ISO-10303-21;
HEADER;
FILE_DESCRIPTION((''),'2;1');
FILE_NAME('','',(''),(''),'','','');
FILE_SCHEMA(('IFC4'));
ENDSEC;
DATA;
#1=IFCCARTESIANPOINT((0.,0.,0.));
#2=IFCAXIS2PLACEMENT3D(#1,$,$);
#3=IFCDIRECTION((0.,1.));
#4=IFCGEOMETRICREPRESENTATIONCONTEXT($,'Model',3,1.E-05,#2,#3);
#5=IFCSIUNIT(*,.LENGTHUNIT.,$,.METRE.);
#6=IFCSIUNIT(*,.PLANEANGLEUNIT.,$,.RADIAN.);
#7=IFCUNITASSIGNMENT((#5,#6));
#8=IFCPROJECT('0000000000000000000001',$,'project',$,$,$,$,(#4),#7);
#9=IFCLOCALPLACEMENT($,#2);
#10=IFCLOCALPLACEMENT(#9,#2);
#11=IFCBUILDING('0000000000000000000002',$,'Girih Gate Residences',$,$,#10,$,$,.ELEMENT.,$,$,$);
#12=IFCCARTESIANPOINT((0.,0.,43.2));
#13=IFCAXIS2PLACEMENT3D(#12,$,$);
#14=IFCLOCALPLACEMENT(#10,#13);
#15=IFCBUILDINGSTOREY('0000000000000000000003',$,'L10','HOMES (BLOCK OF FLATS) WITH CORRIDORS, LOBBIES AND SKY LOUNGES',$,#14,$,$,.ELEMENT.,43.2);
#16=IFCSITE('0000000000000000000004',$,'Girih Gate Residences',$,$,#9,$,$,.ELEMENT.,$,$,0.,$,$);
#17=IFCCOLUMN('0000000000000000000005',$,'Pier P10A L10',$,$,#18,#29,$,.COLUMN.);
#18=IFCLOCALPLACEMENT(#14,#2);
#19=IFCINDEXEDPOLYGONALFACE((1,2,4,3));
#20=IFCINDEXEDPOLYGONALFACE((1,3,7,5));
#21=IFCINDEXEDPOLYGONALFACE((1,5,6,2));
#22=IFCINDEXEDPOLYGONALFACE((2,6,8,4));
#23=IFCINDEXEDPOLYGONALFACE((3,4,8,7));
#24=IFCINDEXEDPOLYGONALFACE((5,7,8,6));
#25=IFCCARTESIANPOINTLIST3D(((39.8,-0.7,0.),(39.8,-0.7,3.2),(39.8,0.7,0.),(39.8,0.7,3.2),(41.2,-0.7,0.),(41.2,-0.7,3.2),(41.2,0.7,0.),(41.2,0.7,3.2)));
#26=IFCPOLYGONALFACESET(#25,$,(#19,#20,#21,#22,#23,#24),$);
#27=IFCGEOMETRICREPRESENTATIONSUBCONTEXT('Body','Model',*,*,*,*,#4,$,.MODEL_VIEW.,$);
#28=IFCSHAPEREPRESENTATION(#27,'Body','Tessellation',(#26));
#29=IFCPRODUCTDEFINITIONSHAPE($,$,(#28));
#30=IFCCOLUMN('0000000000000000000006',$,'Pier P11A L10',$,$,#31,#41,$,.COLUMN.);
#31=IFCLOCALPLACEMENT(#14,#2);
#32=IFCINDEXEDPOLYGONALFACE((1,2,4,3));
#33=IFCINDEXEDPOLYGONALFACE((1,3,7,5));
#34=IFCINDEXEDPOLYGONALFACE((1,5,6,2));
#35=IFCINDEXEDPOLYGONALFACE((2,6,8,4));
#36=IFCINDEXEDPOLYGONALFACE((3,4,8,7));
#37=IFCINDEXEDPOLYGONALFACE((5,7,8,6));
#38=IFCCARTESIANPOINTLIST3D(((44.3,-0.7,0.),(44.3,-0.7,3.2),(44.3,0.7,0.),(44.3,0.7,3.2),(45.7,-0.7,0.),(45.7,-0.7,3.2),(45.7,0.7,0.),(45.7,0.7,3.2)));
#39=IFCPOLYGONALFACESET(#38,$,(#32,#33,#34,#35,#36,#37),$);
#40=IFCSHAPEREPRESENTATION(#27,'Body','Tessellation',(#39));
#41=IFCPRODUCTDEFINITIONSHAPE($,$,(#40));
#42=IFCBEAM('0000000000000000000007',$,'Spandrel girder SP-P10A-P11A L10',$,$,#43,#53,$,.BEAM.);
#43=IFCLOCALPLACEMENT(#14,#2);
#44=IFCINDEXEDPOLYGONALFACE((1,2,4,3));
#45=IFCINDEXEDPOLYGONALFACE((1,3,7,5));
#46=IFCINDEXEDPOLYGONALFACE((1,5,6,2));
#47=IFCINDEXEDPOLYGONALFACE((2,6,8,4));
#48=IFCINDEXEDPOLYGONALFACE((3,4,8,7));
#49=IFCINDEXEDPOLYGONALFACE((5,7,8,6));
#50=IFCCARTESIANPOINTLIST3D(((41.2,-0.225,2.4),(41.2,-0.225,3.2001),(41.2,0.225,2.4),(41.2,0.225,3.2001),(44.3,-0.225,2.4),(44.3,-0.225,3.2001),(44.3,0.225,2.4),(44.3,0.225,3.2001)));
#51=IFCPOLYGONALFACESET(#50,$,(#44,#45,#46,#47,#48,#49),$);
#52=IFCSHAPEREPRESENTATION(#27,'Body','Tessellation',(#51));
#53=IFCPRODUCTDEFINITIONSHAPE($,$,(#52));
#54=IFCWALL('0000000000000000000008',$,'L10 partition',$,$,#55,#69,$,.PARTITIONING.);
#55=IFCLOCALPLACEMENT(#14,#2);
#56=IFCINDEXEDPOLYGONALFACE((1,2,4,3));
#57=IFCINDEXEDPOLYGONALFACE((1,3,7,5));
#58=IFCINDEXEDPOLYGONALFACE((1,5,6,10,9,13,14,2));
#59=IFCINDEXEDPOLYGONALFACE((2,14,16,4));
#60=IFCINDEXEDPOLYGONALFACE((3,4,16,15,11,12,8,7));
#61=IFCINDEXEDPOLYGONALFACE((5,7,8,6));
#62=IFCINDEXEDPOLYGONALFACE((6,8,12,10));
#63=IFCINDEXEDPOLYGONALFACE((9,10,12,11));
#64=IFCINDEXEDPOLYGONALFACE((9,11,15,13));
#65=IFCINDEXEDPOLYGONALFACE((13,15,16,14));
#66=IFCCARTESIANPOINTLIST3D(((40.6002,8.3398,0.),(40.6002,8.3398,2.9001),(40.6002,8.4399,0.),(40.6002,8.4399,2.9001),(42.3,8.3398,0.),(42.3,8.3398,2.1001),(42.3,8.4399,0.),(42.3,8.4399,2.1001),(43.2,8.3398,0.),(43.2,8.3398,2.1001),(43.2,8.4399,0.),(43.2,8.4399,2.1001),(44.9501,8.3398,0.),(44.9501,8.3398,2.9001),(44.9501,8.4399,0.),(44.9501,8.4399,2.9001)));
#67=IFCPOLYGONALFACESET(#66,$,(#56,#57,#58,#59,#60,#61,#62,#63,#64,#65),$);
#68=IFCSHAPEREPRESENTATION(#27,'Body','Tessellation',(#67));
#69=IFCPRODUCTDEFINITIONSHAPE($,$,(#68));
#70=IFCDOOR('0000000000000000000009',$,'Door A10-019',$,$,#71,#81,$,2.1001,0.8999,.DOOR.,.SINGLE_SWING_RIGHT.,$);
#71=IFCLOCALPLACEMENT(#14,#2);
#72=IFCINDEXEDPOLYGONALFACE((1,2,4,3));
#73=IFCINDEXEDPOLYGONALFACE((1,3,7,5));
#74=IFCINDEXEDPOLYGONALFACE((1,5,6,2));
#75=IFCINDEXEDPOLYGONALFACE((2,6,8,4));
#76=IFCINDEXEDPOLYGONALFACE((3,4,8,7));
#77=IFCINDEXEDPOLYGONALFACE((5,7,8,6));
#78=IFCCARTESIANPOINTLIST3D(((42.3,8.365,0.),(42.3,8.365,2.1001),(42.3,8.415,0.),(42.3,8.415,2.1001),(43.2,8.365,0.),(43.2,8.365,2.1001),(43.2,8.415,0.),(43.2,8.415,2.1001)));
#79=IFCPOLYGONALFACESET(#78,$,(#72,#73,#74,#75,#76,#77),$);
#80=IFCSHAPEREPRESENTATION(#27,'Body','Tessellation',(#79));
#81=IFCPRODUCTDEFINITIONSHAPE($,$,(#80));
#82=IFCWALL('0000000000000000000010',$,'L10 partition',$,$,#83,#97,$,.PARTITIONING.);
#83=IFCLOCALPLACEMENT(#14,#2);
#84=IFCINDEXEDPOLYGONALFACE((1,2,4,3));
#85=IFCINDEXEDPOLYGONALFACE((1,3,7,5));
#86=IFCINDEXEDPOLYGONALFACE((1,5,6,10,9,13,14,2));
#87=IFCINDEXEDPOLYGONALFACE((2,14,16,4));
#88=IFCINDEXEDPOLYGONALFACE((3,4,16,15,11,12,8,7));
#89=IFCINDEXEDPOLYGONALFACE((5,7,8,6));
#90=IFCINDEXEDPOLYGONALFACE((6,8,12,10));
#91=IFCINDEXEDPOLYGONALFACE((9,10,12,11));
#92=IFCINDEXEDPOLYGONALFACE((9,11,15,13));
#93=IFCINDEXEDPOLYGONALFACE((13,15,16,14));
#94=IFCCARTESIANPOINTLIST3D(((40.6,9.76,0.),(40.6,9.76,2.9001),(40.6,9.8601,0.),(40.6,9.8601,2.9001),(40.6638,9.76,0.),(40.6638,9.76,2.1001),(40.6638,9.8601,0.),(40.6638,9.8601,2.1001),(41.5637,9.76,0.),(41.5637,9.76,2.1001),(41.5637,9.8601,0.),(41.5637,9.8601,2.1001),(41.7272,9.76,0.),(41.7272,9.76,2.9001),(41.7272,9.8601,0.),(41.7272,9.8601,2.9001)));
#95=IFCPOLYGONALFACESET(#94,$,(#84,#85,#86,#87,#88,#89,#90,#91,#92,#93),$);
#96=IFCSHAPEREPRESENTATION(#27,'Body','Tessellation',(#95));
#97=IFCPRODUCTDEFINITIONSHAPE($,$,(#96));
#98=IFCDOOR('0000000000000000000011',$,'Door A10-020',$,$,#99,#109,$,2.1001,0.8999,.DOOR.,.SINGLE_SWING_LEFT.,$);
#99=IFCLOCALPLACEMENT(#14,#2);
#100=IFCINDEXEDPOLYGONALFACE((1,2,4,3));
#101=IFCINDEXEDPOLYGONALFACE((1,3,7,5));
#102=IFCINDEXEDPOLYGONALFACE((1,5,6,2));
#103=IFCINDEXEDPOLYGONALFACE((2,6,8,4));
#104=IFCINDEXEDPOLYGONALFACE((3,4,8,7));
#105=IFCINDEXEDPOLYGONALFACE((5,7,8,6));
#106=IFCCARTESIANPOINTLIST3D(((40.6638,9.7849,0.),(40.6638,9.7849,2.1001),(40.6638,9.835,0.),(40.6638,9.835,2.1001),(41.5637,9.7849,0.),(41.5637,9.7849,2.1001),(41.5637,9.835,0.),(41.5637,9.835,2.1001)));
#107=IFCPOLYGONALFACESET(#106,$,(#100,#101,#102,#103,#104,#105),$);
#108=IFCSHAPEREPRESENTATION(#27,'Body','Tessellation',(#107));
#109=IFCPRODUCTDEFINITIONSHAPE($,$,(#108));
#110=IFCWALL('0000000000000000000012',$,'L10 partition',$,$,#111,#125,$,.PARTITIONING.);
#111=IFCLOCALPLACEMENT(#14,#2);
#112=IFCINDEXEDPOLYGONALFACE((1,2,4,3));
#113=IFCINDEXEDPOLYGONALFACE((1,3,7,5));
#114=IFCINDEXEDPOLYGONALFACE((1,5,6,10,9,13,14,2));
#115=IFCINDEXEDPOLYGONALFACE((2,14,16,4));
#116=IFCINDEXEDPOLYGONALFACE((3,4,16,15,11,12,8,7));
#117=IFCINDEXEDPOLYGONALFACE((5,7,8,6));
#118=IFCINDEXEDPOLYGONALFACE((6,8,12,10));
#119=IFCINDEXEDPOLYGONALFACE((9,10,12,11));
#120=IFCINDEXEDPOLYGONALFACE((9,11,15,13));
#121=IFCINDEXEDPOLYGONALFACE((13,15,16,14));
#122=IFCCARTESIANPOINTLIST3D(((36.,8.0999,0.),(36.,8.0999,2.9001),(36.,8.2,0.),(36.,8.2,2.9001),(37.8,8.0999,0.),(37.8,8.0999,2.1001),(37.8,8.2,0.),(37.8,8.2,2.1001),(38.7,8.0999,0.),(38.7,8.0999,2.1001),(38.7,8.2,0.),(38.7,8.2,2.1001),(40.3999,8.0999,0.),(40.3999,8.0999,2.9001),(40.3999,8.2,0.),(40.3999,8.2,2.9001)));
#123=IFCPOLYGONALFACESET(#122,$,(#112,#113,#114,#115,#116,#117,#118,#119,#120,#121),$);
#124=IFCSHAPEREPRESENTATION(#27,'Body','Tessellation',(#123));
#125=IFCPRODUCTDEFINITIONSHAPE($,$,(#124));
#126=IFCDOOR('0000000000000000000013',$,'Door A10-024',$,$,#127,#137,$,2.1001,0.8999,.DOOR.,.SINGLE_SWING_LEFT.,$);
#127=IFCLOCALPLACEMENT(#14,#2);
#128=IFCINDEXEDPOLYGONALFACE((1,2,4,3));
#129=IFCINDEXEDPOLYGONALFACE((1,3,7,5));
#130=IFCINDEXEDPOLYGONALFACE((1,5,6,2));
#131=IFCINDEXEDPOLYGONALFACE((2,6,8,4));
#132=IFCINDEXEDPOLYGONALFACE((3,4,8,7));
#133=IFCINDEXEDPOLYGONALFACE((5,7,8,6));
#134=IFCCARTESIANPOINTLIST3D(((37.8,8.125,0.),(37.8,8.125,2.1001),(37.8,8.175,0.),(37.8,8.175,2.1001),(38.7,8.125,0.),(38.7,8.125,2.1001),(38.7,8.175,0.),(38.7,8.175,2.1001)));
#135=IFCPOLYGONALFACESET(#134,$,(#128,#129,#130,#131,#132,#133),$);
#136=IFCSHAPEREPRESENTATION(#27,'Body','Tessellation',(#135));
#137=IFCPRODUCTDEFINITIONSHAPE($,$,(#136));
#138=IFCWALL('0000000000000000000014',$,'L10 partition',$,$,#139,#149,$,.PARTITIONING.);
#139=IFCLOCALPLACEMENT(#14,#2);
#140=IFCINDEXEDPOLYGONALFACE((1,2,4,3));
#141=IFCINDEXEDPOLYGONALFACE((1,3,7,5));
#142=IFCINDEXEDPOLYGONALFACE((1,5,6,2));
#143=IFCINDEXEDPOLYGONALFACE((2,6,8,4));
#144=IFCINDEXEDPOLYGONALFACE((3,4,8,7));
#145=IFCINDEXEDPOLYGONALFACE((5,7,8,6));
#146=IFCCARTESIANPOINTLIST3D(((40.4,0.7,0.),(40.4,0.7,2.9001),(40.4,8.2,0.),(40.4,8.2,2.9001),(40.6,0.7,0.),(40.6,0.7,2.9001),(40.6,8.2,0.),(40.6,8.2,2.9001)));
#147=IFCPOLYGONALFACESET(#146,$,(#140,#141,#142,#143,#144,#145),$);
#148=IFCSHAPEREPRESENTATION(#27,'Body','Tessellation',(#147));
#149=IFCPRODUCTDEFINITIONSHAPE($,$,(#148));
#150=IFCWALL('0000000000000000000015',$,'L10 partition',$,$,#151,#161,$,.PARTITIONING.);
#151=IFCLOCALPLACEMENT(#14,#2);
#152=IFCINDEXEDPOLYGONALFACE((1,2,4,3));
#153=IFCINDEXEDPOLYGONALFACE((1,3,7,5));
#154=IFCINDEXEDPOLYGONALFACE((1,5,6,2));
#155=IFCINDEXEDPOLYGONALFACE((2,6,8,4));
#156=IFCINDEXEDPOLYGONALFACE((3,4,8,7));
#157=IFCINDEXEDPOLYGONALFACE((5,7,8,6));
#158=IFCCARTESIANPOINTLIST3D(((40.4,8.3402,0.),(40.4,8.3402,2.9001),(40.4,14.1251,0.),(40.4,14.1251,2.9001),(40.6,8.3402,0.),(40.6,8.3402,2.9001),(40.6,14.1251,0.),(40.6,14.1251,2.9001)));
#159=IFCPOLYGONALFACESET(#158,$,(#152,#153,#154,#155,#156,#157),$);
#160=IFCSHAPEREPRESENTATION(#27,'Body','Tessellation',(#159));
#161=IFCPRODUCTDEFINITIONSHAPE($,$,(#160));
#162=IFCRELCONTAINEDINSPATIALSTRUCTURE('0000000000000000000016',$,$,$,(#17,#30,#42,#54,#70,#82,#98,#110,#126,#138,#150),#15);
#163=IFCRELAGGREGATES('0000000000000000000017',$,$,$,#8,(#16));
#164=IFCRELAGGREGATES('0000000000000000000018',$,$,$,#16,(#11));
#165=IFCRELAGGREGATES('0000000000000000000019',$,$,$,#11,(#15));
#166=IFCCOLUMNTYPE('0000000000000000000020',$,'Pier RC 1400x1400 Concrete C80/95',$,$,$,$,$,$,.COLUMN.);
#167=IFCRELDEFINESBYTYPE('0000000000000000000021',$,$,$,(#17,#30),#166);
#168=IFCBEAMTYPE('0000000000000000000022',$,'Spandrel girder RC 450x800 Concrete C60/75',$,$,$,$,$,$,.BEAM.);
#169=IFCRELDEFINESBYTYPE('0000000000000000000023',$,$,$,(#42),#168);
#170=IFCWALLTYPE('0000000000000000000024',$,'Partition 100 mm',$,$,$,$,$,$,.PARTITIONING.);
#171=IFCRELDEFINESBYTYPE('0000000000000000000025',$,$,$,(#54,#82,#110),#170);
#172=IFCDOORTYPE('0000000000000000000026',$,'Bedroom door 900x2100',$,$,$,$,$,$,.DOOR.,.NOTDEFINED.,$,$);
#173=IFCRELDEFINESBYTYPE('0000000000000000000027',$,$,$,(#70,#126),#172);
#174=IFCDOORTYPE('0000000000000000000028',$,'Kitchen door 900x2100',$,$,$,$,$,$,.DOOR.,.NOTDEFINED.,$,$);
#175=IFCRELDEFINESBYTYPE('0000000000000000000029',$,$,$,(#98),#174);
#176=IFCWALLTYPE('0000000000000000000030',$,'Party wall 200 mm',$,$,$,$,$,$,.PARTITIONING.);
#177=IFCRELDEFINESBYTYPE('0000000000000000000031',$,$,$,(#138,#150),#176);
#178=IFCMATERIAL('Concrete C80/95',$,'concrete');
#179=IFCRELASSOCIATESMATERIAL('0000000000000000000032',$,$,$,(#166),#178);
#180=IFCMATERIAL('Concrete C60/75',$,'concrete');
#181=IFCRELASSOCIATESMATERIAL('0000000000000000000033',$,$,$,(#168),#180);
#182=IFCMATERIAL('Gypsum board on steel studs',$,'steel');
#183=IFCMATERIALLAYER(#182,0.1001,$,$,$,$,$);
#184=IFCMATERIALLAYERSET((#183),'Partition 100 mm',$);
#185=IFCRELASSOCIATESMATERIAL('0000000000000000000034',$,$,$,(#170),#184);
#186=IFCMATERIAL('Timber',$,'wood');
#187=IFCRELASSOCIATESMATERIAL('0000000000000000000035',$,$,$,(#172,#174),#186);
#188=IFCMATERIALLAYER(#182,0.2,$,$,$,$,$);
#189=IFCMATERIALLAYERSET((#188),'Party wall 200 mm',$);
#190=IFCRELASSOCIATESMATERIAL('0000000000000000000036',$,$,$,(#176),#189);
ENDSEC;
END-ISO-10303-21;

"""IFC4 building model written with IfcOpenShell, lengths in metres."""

from ifc_helpers import new_model, si_unit, direction, frame, frame_2d, origin, origin_2d, place, context, subcontext, project, spatial, rectangle, extrude, material, layer, layer_set, material_profile, profile_set, type_object, element, fill, save


model = new_model("IFC4")

# Units and contexts
model_context = context("Model", 3, precision=1e-05, world=origin(), true_north=direction((0.0, 1.0)))
body_context = subcontext(model_context, "Body", "Model", "MODEL_VIEW")
ifc_project = project(units=[si_unit("LENGTHUNIT", "METRE"), si_unit("PLANEANGLEUNIT", "RADIAN")], contexts=[model_context])

# Site, building, storey
site_placement = place(None, origin())
site = spatial("IfcSite", under=ifc_project, at=site_placement, Name="Girih Gate Residences", CompositionType="ELEMENT", RefElevation=0.0)
building_placement = place(site_placement, origin())
building = spatial("IfcBuilding", under=site, at=building_placement, Name="Girih Gate Residences", CompositionType="ELEMENT")
storey_placement = place(building_placement, frame((0.0, 0.0, 43.2)))
storey = spatial("IfcBuildingStorey", under=building, at=storey_placement, Name="L10", Description="HOMES (BLOCK OF FLATS) WITH CORRIDORS, LOBBIES AND SKY LOUNGES", CompositionType="ELEMENT", Elevation=43.2)

# Columns
ifc_material_1 = material(Name="Concrete C80/95", Category="concrete")
ifc_material_profile_1 = material_profile(ifc_material_1, rectangle(XDim=1.3999, YDim=1.3999, at=origin_2d()))
ifc_profile_set_1 = profile_set([ifc_material_profile_1], Name="Concrete C80/95")
column_type = type_object("IfcColumnType", Name="Pier RC 1400x1400 Concrete C80/95", PredefinedType="COLUMN", material=ifc_profile_set_1)
for number, where, z_axis, x_axis, name in (
    (1, (40.5, 0.0, 0.0), (0.0, 0.0, 1.0), (1.0, 0.0, 0.0), "Pier P10A L10"),
    (2, (45.0, 0.0, 0.0), (0.0, 0.0, 1.0), (1.0, 0.0, 0.0), "Pier P11A L10"),
):
    element("IfcColumn", number, at=place(storey_placement, frame(where, z_axis=z_axis, x_axis=x_axis)), inside=storey, type_object=column_type, Name=name, PredefinedType="COLUMN", context=body_context, shape_type="SweptSolid", body=[
        extrude(rectangle(XDim=1.3999, YDim=1.3999, at=origin_2d()), origin(), (0.0, 0.0, 1.0), 3.2),
    ])

# Beam
ifc_material_2 = material(Name="Concrete C60/75", Category="concrete")
ifc_material_profile_2 = material_profile(ifc_material_2, rectangle(XDim=0.45, YDim=0.8, at=origin_2d()))
ifc_profile_set_2 = profile_set([ifc_material_profile_2], Name="Concrete C60/75")
beam_type = type_object("IfcBeamType", Name="Spandrel girder RC 450x800 Concrete C60/75", PredefinedType="BEAM", material=ifc_profile_set_2)
beam_placement = place(storey_placement, frame((41.2, 0.0, 2.8), z_axis=(1.0, 0.0, 0.0), x_axis=(0.0, 1.0, 0.0)))
element("IfcBeam", 3, at=beam_placement, inside=storey, type_object=beam_type, Name="Spandrel girder SP-P10A-P11A L10", PredefinedType="BEAM", context=body_context, shape_type="SweptSolid", body=[
    extrude(rectangle(XDim=0.45, YDim=0.8, at=origin_2d()), origin(), (0.0, 0.0, 1.0), 3.1001),
])

# Walls, openings, doors
ifc_material_3 = material(Name="Gypsum board on steel studs", Category="steel")
ifc_layer_1 = layer(ifc_material_3, 0.1001)
ifc_layer_set_1 = layer_set([ifc_layer_1], Name="Partition 100 mm")
wall_type_1 = type_object("IfcWallType", Name="Partition 100 mm", PredefinedType="PARTITIONING", material=ifc_layer_set_1)
wall_1_placement = place(storey_placement, frame((44.95, 8.3899, 0.0), z_axis=(0.0, 0.0, 1.0), x_axis=(-1.0, 0.0, 0.0)))
wall_1 = element("IfcWall", 4, at=wall_1_placement, inside=storey, type_object=wall_type_1, Name="L10 partition", PredefinedType="PARTITIONING", context=body_context, shape_type="SweptSolid", body=[
    extrude(rectangle(XDim=4.3499, YDim=0.1001, at=frame_2d((2.1748, 0.0))), origin(), (0.0, 0.0, 1.0), 2.9001),
])
opening_1_placement = place(wall_1_placement, frame((1.75, 0.0, 0.0)))
opening_1 = element("IfcOpeningElement", 5, at=opening_1_placement, cuts=wall_1, PredefinedType="OPENING", context=body_context, shape_type="SweptSolid", body=[
    extrude(rectangle(XDim=0.8999, YDim=2.1001, at=frame_2d((0.45, 1.05))), frame((0.0, 0.0601, 0.0), z_axis=(0.0, -1.0, 0.0), x_axis=(1.0, 0.0, 0.0)), (0.0, 0.0, 1.0), 0.1201),
])
ifc_material_4 = material(Name="Timber", Category="wood")
door_type_1 = type_object("IfcDoorType", Name="Bedroom door 900x2100", OperationType="NOTDEFINED", PredefinedType="DOOR", material=ifc_material_4)
door_1_placement = place(opening_1_placement, origin())
door_1 = element("IfcDoor", 6, at=door_1_placement, inside=storey, type_object=door_type_1, Name="Door A10-019", OperationType="SINGLE_SWING_RIGHT", OverallHeight=2.1001, OverallWidth=0.8999, PredefinedType="DOOR", context=body_context, shape_type="SweptSolid", body=[
    extrude(rectangle(XDim=0.8999, YDim=2.1001, at=frame_2d((0.45, 1.05))), frame((0.0, 0.0249, 0.0), z_axis=(0.0, -1.0, 0.0), x_axis=(1.0, 0.0, 0.0)), (0.0, 0.0, 1.0), 0.05),
])
fill(opening_1, door_1)
wall_2_placement = place(storey_placement, frame((40.6001, 9.8101, 0.0), z_axis=(0.0, 0.0, 1.0), x_axis=(1.0, 0.0, 0.0)))
wall_2 = element("IfcWall", 7, at=wall_2_placement, inside=storey, type_object=wall_type_1, Name="L10 partition", PredefinedType="PARTITIONING", context=body_context, shape_type="SweptSolid", body=[
    extrude(rectangle(XDim=1.1272, YDim=0.1001, at=frame_2d((0.5635, 0.0))), origin(), (0.0, 0.0, 1.0), 2.9001),
])
opening_2_placement = place(wall_2_placement, frame((0.0637, 0.0, 0.0)))
opening_2 = element("IfcOpeningElement", 8, at=opening_2_placement, cuts=wall_2, PredefinedType="OPENING", context=body_context, shape_type="SweptSolid", body=[
    extrude(rectangle(XDim=0.8999, YDim=2.1001, at=frame_2d((0.45, 1.05))), frame((0.0, 0.0601, 0.0), z_axis=(0.0, -1.0, 0.0), x_axis=(1.0, 0.0, 0.0)), (0.0, 0.0, 1.0), 0.1201),
])
door_type_2 = type_object("IfcDoorType", Name="Kitchen door 900x2100", OperationType="NOTDEFINED", PredefinedType="DOOR", material=ifc_material_4)
door_2_placement = place(opening_2_placement, origin())
door_2 = element("IfcDoor", 9, at=door_2_placement, inside=storey, type_object=door_type_2, Name="Door A10-020", OperationType="SINGLE_SWING_LEFT", OverallHeight=2.1001, OverallWidth=0.8999, PredefinedType="DOOR", context=body_context, shape_type="SweptSolid", body=[
    extrude(rectangle(XDim=0.8999, YDim=2.1001, at=frame_2d((0.45, 1.05))), frame((0.0, 0.0249, 0.0), z_axis=(0.0, -1.0, 0.0), x_axis=(1.0, 0.0, 0.0)), (0.0, 0.0, 1.0), 0.05),
])
fill(opening_2, door_2)
wall_3_placement = place(storey_placement, frame((40.3999, 8.1499, 0.0), z_axis=(0.0, 0.0, 1.0), x_axis=(-1.0, 0.0, 0.0)))
wall_3 = element("IfcWall", 10, at=wall_3_placement, inside=storey, type_object=wall_type_1, Name="L10 partition", PredefinedType="PARTITIONING", context=body_context, shape_type="SweptSolid", body=[
    extrude(rectangle(XDim=4.3999, YDim=0.1001, at=frame_2d((2.2, 0.0))), origin(), (0.0, 0.0, 1.0), 2.9001),
])
opening_3_placement = place(wall_3_placement, frame((1.7, 0.0, 0.0)))
opening_3 = element("IfcOpeningElement", 11, at=opening_3_placement, cuts=wall_3, PredefinedType="OPENING", context=body_context, shape_type="SweptSolid", body=[
    extrude(rectangle(XDim=0.8999, YDim=2.1001, at=frame_2d((0.45, 1.05))), frame((0.0, 0.0601, 0.0), z_axis=(0.0, -1.0, 0.0), x_axis=(1.0, 0.0, 0.0)), (0.0, 0.0, 1.0), 0.1201),
])
door_3_placement = place(opening_3_placement, origin())
door_3 = element("IfcDoor", 12, at=door_3_placement, inside=storey, type_object=door_type_1, Name="Door A10-024", OperationType="SINGLE_SWING_LEFT", OverallHeight=2.1001, OverallWidth=0.8999, PredefinedType="DOOR", context=body_context, shape_type="SweptSolid", body=[
    extrude(rectangle(XDim=0.8999, YDim=2.1001, at=frame_2d((0.45, 1.05))), frame((0.0, 0.0249, 0.0), z_axis=(0.0, -1.0, 0.0), x_axis=(1.0, 0.0, 0.0)), (0.0, 0.0, 1.0), 0.05),
])
fill(opening_3, door_3)

# Walls
ifc_layer_2 = layer(ifc_material_3, 0.2)
ifc_layer_set_2 = layer_set([ifc_layer_2], Name="Party wall 200 mm")
wall_type_2 = type_object("IfcWallType", Name="Party wall 200 mm", PredefinedType="PARTITIONING", material=ifc_layer_set_2)
wall_4_placement = place(storey_placement, frame((40.5, 0.7, 0.0), z_axis=(0.0, 0.0, 1.0), x_axis=(0.0, 1.0, 0.0)))
element("IfcWall", 13, at=wall_4_placement, inside=storey, type_object=wall_type_2, Name="L10 partition", PredefinedType="PARTITIONING", context=body_context, shape_type="SweptSolid", body=[
    extrude(rectangle(XDim=7.5, YDim=0.2, at=frame_2d((3.75, 0.0))), origin(), (0.0, 0.0, 1.0), 2.9001),
])
wall_5_placement = place(storey_placement, frame((40.5, 8.3401, 0.0), z_axis=(0.0, 0.0, 1.0), x_axis=(0.0, 1.0, 0.0)))
element("IfcWall", 14, at=wall_5_placement, inside=storey, type_object=wall_type_2, Name="L10 partition", PredefinedType="PARTITIONING", context=body_context, shape_type="SweptSolid", body=[
    extrude(rectangle(XDim=5.7849, YDim=0.2, at=frame_2d((2.8926, 0.0))), origin(), (0.0, 0.0, 1.0), 2.9001),
])

save(model, "model.ifc")
